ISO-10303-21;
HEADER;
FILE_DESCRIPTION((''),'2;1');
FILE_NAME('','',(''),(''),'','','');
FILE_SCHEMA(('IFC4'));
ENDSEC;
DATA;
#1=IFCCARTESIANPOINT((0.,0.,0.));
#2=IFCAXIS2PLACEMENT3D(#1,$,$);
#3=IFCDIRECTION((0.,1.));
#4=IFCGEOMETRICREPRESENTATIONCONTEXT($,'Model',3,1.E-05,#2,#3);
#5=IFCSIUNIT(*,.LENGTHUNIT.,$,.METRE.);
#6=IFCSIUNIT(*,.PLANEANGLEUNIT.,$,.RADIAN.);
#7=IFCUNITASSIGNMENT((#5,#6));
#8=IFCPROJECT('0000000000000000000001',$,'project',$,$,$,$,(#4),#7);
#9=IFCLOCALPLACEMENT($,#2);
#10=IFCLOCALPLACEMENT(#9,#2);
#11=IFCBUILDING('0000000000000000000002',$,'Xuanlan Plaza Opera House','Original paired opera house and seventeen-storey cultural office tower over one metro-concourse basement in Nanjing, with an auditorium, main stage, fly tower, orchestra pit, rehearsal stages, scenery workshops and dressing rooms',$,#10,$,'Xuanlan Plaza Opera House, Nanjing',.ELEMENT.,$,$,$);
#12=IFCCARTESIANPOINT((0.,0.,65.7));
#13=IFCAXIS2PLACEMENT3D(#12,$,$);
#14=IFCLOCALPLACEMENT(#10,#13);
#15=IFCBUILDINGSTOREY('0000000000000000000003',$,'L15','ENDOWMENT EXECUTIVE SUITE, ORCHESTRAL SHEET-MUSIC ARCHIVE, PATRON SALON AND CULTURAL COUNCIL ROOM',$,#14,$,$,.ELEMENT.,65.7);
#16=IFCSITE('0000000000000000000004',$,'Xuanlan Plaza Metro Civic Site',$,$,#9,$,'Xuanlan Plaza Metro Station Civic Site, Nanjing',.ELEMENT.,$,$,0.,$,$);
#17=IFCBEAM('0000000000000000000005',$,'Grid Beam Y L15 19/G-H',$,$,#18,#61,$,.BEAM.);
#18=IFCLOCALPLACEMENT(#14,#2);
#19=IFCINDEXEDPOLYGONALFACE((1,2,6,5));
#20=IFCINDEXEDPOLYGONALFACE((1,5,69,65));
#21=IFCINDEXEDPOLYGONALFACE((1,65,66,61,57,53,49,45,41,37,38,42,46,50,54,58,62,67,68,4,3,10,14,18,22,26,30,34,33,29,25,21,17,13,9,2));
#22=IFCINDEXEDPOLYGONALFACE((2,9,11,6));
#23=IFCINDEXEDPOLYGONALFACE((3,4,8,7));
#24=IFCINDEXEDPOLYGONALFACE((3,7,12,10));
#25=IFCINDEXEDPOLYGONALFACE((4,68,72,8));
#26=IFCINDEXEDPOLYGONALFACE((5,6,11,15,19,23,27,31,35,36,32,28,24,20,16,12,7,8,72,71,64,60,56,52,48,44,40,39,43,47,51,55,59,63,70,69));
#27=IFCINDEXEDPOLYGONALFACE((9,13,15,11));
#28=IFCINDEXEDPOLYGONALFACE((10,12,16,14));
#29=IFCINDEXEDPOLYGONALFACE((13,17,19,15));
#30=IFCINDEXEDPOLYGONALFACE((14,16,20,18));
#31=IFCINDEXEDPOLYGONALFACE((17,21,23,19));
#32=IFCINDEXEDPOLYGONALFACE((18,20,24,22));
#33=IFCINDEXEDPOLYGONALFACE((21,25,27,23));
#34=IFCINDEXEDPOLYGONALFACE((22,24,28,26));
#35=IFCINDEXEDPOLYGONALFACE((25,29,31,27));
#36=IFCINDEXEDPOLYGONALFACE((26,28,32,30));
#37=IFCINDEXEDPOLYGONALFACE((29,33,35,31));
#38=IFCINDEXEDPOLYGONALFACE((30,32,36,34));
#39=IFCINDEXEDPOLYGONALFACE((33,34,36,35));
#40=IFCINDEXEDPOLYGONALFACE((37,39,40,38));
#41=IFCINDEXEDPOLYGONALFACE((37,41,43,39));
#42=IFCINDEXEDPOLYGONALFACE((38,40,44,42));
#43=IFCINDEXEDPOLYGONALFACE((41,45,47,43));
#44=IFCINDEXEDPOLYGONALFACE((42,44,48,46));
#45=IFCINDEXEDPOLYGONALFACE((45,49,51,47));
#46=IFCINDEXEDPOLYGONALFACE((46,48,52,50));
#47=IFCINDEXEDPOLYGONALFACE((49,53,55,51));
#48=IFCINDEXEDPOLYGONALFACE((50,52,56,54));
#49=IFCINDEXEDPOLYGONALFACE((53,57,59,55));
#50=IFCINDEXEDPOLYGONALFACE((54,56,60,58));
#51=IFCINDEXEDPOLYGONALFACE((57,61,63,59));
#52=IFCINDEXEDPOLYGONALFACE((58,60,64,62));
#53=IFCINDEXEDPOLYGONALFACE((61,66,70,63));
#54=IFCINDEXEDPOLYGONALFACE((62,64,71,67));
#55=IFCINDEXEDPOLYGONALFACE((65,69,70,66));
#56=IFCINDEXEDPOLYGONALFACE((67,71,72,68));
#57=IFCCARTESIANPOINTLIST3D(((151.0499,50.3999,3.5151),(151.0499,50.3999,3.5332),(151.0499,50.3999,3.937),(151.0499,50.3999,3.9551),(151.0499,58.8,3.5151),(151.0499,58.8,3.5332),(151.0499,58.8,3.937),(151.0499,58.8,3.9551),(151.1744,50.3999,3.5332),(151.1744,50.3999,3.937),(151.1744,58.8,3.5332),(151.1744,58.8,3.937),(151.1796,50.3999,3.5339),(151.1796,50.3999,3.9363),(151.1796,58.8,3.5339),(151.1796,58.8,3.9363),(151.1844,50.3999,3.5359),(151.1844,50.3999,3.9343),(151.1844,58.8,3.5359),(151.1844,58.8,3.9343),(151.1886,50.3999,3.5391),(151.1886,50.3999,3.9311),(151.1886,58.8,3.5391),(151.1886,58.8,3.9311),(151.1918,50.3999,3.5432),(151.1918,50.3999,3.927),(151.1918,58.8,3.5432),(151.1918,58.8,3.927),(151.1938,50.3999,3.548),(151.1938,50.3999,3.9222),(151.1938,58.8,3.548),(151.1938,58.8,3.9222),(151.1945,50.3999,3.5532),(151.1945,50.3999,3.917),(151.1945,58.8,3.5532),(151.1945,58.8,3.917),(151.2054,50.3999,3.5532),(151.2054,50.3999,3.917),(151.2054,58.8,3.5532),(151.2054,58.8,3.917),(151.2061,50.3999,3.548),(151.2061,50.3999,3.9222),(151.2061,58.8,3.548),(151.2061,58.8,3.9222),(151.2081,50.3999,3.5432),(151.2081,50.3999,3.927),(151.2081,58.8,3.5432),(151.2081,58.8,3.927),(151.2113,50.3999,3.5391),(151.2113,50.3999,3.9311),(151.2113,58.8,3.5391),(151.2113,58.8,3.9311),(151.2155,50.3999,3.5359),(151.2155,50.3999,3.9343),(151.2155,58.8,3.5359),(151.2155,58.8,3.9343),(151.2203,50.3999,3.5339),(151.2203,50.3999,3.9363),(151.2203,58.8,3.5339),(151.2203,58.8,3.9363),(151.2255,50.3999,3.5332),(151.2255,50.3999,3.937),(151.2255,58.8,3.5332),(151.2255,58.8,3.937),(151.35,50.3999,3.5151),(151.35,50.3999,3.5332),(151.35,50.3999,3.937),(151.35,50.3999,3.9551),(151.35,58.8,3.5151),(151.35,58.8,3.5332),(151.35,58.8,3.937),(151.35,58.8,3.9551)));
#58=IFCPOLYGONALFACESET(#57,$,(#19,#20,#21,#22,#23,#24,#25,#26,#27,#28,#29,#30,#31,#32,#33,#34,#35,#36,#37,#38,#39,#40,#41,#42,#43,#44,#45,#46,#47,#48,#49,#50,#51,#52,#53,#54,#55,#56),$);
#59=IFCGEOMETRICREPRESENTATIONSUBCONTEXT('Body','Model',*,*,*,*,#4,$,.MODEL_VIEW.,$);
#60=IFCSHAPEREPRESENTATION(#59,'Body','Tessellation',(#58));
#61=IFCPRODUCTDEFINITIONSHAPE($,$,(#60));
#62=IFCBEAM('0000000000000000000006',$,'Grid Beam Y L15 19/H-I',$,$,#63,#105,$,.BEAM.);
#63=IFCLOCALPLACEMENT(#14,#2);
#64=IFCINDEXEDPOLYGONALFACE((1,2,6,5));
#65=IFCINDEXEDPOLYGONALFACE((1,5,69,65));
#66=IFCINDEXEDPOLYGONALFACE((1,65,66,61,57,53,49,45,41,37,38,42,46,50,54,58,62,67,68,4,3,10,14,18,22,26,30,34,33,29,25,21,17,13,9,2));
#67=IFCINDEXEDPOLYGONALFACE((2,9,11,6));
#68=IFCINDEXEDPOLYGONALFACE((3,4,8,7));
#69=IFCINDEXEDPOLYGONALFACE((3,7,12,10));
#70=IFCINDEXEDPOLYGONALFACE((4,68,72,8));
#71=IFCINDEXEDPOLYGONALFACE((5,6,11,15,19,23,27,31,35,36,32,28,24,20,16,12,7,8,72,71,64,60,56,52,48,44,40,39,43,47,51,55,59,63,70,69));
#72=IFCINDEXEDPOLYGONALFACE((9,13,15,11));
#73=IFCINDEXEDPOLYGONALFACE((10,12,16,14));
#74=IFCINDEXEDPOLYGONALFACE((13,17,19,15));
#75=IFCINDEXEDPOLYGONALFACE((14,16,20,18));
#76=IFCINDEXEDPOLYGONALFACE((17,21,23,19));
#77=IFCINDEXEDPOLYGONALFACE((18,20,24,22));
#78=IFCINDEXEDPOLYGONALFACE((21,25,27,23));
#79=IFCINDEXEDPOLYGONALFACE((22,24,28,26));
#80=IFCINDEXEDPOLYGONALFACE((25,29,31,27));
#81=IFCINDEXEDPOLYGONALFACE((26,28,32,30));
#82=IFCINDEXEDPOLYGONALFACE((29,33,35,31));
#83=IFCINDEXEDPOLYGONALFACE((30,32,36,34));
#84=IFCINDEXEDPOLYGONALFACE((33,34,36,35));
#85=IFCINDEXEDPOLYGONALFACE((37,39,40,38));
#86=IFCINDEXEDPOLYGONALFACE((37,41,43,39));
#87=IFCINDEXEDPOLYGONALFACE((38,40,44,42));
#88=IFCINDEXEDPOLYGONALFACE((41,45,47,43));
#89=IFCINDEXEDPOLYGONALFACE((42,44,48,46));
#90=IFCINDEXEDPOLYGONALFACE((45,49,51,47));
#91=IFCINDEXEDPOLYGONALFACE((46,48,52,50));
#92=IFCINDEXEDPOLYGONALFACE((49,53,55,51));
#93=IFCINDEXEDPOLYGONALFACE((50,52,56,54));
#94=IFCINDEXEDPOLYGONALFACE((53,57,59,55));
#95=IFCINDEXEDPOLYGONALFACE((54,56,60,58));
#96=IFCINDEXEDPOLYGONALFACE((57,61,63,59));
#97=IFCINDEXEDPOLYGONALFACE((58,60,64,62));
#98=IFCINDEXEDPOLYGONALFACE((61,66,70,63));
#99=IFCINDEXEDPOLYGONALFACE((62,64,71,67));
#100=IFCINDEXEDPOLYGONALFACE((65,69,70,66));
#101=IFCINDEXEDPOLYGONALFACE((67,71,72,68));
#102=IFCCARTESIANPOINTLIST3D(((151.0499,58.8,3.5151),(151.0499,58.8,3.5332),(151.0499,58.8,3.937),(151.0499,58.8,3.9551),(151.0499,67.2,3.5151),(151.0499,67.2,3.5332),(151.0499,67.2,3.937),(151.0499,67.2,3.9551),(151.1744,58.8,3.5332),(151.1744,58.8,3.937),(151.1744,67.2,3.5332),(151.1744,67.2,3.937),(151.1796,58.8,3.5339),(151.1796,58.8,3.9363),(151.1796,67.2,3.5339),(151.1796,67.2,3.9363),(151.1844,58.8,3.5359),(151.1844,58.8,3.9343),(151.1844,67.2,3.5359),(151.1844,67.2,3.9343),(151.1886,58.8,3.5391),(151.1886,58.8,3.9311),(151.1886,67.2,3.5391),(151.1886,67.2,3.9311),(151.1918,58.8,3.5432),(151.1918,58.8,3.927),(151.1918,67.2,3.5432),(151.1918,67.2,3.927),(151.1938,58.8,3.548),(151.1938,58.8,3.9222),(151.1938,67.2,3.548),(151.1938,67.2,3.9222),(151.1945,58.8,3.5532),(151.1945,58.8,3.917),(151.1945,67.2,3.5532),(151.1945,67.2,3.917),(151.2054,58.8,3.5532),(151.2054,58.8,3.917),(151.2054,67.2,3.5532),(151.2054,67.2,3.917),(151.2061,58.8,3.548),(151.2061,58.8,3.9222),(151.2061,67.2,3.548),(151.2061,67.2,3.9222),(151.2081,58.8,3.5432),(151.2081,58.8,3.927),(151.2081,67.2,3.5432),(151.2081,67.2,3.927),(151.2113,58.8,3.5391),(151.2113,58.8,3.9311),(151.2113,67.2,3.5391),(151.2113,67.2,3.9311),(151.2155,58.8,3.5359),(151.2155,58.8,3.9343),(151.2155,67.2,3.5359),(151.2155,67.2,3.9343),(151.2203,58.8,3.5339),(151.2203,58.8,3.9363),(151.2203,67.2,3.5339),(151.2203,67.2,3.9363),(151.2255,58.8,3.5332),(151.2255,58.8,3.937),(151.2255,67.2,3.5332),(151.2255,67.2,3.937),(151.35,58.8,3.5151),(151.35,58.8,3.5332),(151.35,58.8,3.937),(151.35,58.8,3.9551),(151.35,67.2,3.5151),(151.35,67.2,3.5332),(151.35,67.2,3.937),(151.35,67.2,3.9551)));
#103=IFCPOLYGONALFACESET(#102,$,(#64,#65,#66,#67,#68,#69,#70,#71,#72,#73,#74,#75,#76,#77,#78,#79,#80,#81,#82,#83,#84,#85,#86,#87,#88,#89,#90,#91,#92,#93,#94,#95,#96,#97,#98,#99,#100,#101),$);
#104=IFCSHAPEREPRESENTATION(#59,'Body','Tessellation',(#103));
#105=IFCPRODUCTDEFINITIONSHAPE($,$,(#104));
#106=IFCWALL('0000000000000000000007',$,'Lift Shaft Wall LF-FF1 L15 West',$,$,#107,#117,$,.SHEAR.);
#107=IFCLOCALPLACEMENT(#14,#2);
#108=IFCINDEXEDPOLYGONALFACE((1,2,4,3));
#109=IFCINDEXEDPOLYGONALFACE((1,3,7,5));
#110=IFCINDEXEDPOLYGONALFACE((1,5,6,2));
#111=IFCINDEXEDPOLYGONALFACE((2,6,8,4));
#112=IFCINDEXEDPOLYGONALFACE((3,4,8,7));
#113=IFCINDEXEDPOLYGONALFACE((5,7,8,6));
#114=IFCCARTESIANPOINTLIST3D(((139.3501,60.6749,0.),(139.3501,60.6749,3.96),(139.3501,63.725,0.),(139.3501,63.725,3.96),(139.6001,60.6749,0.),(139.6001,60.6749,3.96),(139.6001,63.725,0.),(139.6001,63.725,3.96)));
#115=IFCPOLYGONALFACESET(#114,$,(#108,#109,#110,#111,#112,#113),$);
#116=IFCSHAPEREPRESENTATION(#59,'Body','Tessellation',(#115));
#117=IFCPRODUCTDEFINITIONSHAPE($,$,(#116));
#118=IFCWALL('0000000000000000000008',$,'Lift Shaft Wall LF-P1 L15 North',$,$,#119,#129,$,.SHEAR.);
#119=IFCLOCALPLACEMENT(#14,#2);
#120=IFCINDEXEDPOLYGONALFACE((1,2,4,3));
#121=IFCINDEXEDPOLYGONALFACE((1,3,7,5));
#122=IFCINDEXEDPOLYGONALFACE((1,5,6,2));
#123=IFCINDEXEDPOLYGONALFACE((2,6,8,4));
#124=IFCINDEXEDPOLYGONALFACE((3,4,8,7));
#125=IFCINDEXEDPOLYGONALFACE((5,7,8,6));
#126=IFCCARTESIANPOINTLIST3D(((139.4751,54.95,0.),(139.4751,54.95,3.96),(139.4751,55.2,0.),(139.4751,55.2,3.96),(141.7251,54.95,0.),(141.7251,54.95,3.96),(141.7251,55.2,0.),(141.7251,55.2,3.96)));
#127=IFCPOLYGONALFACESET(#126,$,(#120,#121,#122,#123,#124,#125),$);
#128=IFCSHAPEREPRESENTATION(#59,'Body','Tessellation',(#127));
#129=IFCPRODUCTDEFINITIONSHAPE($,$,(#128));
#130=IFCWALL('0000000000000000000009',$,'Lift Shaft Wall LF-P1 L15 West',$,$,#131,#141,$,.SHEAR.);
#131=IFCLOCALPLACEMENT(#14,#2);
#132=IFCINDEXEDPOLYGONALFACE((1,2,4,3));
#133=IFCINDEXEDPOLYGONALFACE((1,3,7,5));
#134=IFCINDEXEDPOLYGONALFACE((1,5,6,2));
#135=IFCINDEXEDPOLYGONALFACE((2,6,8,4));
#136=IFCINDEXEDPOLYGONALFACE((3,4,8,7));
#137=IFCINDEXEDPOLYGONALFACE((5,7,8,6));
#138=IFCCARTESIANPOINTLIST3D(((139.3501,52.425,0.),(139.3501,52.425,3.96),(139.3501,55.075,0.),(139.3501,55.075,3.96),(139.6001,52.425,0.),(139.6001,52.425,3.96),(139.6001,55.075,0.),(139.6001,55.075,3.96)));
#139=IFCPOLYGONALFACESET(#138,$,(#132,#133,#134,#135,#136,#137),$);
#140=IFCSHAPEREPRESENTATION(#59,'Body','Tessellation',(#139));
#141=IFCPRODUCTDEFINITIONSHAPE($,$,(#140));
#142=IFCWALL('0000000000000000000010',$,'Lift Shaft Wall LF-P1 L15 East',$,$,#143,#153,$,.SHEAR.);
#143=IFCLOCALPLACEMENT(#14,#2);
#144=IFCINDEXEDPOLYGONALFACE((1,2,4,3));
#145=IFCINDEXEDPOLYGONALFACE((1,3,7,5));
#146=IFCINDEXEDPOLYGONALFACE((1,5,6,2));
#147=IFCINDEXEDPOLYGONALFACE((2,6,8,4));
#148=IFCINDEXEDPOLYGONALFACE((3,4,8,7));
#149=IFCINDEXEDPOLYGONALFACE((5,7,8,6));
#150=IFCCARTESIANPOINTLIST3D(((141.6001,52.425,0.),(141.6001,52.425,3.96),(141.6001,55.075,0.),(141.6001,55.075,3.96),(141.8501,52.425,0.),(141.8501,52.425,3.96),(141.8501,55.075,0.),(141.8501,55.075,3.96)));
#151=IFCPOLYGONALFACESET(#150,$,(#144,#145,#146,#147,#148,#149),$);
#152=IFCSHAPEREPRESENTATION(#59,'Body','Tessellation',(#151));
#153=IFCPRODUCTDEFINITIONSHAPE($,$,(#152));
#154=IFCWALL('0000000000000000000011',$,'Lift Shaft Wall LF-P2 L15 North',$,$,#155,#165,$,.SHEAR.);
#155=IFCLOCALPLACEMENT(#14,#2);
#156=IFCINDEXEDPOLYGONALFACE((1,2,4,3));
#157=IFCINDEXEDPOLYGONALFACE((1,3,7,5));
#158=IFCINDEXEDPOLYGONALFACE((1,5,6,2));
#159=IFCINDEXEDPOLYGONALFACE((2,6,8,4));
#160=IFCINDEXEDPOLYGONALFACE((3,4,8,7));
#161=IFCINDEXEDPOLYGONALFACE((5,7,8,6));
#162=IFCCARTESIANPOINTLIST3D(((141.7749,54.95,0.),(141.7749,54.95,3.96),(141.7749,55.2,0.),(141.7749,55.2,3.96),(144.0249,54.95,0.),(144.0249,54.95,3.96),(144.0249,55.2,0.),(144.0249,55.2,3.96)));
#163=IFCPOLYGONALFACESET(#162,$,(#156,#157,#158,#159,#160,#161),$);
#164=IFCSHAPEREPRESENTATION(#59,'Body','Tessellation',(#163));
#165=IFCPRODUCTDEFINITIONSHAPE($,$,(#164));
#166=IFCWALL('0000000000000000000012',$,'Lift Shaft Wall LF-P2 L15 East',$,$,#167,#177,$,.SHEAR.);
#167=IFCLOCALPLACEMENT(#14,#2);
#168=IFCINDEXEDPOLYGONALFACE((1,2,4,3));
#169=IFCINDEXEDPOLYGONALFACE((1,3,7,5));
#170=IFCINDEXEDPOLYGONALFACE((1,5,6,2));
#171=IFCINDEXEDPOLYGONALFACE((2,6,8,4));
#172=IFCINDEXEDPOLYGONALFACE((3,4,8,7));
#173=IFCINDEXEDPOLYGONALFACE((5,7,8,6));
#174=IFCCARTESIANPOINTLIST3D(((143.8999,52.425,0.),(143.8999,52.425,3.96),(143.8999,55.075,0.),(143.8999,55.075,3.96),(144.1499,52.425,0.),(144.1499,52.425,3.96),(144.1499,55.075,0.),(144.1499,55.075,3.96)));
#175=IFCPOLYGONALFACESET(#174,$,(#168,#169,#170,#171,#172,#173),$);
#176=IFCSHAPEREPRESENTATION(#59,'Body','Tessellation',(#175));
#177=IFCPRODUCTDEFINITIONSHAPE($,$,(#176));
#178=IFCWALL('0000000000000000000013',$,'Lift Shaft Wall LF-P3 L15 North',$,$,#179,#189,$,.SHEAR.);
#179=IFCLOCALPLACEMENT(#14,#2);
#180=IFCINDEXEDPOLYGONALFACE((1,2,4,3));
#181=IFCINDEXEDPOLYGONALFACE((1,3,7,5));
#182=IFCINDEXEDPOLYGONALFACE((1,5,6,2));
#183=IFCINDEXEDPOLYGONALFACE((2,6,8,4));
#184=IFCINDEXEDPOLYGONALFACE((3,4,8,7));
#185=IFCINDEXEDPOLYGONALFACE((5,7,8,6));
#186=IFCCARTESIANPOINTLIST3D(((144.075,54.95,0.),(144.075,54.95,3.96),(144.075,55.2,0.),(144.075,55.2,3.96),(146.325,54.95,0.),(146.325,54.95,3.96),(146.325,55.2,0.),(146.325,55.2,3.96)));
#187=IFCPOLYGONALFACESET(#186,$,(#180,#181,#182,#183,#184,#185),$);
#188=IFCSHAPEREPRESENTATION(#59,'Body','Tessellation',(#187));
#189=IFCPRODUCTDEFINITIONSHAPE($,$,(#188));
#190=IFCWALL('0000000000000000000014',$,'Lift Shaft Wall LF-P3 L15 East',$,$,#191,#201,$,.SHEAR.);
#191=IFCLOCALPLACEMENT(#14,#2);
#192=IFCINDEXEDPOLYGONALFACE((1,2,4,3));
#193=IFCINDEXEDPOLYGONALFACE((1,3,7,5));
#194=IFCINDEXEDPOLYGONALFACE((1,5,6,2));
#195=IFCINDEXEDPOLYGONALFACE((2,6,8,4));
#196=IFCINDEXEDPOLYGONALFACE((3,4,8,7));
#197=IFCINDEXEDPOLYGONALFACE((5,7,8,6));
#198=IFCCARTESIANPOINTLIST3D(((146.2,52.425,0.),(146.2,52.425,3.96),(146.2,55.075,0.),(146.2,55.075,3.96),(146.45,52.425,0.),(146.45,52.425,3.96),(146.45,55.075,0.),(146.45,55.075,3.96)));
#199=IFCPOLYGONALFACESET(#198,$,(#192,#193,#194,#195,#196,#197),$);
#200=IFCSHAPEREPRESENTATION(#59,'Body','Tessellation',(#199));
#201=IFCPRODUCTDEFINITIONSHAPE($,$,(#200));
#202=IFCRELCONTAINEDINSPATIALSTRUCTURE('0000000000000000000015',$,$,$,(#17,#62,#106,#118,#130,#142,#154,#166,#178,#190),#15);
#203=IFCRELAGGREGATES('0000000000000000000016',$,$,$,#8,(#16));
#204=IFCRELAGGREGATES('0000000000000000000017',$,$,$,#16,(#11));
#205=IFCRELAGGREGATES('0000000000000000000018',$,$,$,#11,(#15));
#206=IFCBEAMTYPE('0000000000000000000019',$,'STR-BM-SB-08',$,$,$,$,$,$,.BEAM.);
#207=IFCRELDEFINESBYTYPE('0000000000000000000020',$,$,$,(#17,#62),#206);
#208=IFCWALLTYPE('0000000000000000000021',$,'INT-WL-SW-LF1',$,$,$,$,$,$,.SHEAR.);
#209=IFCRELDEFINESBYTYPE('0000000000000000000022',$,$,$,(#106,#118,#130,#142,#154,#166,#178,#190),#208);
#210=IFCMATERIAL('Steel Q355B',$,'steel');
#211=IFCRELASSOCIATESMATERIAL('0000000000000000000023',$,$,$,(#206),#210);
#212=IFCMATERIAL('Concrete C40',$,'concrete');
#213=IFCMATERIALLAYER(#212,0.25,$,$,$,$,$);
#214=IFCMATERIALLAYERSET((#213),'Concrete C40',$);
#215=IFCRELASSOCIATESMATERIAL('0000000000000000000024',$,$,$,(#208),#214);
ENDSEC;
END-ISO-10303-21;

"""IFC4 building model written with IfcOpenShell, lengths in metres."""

from ifc_helpers import new_model, si_unit, direction, frame, frame_2d, origin, origin_2d, place, context, subcontext, project, spatial, rectangle, i_section, extrude, material, layer, layer_set, material_profile, profile_set, type_object, element, save


model = new_model("IFC4")

# Units and contexts
model_context = context("Model", 3, precision=1e-05, world=origin(), true_north=direction((0.0, 1.0)))
body_context = subcontext(model_context, "Body", "Model", "MODEL_VIEW")
ifc_project = project(units=[si_unit("LENGTHUNIT", "METRE"), si_unit("PLANEANGLEUNIT", "RADIAN")], contexts=[model_context])

# Site, building, storey
site_placement = place(None, origin())
site = spatial("IfcSite", under=ifc_project, at=site_placement, Name="Xuanlan Plaza Metro Civic Site", LongName="Xuanlan Plaza Metro Station Civic Site, Nanjing", CompositionType="ELEMENT", RefElevation=0.0)
building_placement = place(site_placement, origin())
building = spatial("IfcBuilding", under=site, at=building_placement, Name="Xuanlan Plaza Opera House", Description="Original paired opera house and seventeen-storey cultural office tower over one metro-concourse basement in Nanjing, with an auditorium, main stage, fly tower, orchestra pit, rehearsal stages, scenery workshops and dressing rooms", LongName="Xuanlan Plaza Opera House, Nanjing", CompositionType="ELEMENT")
storey_placement = place(building_placement, frame((0.0, 0.0, 65.7)))
storey = spatial("IfcBuildingStorey", under=building, at=storey_placement, Name="L15", Description="ENDOWMENT EXECUTIVE SUITE, ORCHESTRAL SHEET-MUSIC ARCHIVE, PATRON SALON AND CULTURAL COUNCIL ROOM", CompositionType="ELEMENT", Elevation=65.7)

# Beams
ifc_material_1 = material(Name="Concrete C40", Category="concrete")
ifc_material_2 = material(Name="Steel Q355B", Category="steel")
ifc_material_profile_1 = material_profile(ifc_material_2, i_section(OverallWidth=0.3, OverallDepth=0.4399, WebThickness=0.011, FlangeThickness=0.0181, FilletRadius=0.02, at=origin_2d()), Name="HM 440x300x11x18")
ifc_profile_set_1 = profile_set([ifc_material_profile_1], Name="Steel Q355B")
beam_type_1 = type_object("IfcBeamType", Name="STR-BM-SB-08", PredefinedType="BEAM", material=ifc_profile_set_1)
beam_1_placement = place(storey_placement, frame((151.2, 50.3999, 3.7351), z_axis=(0.0, 1.0, 0.0), x_axis=(-1.0, 0.0, 0.0)))
element("IfcBeam", 1, at=beam_1_placement, inside=storey, type_object=beam_type_1, Name="Grid Beam Y L15 19/G-H", PredefinedType="BEAM", context=body_context, shape_type="SweptSolid", body=[
    extrude(i_section(OverallWidth=0.3, OverallDepth=0.4399, WebThickness=0.011, FlangeThickness=0.0181, FilletRadius=0.02, at=origin_2d()), origin(), (0.0, 0.0, 1.0), 8.4001),
])
beam_2_placement = place(storey_placement, frame((151.2, 58.8, 3.7351), z_axis=(0.0, 1.0, 0.0), x_axis=(-1.0, 0.0, 0.0)))
element("IfcBeam", 2, at=beam_2_placement, inside=storey, type_object=beam_type_1, Name="Grid Beam Y L15 19/H-I", PredefinedType="BEAM", context=body_context, shape_type="SweptSolid", body=[
    extrude(i_section(OverallWidth=0.3, OverallDepth=0.4399, WebThickness=0.011, FlangeThickness=0.0181, FilletRadius=0.02, at=origin_2d()), origin(), (0.0, 0.0, 1.0), 8.3999),
])

# Wall
ifc_layer_1 = layer(ifc_material_1, 0.25)
ifc_layer_set_1 = layer_set([ifc_layer_1], Name="Concrete C40")
wall_type_1 = type_object("IfcWallType", Name="INT-WL-SW-LF1", PredefinedType="SHEAR", material=ifc_layer_set_1)
wall_1_placement = place(storey_placement, frame((139.4751, 60.675, 0.0), z_axis=(0.0, 0.0, 1.0), x_axis=(0.0, 1.0, 0.0)))
element("IfcWall", 3, at=wall_1_placement, inside=storey, type_object=wall_type_1, Name="Lift Shaft Wall LF-FF1 L15 West", PredefinedType="SHEAR", context=body_context, shape_type="SweptSolid", body=[
    extrude(rectangle(XDim=3.05, YDim=0.25, at=frame_2d((1.5249, 0.0))), origin(), (0.0, 0.0, 1.0), 3.96),
])

# Walls
wall_2_placement = place(storey_placement, frame((139.4751, 55.075, 0.0), z_axis=(0.0, 0.0, 1.0), x_axis=(1.0, 0.0, 0.0)))
element("IfcWall", 4, at=wall_2_placement, inside=storey, type_object=wall_type_1, Name="Lift Shaft Wall LF-P1 L15 North", PredefinedType="SHEAR", context=body_context, shape_type="SweptSolid", body=[
    extrude(rectangle(XDim=2.25, YDim=0.25, at=frame_2d((1.125, 0.0))), origin(), (0.0, 0.0, 1.0), 3.96),
])
for number, where, z_axis, x_axis, name in (
    (5, (139.4751, 52.425, 0.0), (0.0, 0.0, 1.0), (0.0, 1.0, 0.0), "Lift Shaft Wall LF-P1 L15 West"),
    (6, (141.7251, 52.425, 0.0), (0.0, 0.0, 1.0), (0.0, 1.0, 0.0), "Lift Shaft Wall LF-P1 L15 East"),
):
    element("IfcWall", number, at=place(storey_placement, frame(where, z_axis=z_axis, x_axis=x_axis)), inside=storey, type_object=wall_type_1, Name=name, PredefinedType="SHEAR", context=body_context, shape_type="SweptSolid", body=[
        extrude(rectangle(XDim=2.6499, YDim=0.25, at=frame_2d((1.325, 0.0))), origin(), (0.0, 0.0, 1.0), 3.96),
    ])

# Walls
wall_3_placement = place(storey_placement, frame((141.7749, 55.075, 0.0), z_axis=(0.0, 0.0, 1.0), x_axis=(1.0, 0.0, 0.0)))
element("IfcWall", 7, at=wall_3_placement, inside=storey, type_object=wall_type_1, Name="Lift Shaft Wall LF-P2 L15 North", PredefinedType="SHEAR", context=body_context, shape_type="SweptSolid", body=[
    extrude(rectangle(XDim=2.25, YDim=0.25, at=frame_2d((1.125, 0.0))), origin(), (0.0, 0.0, 1.0), 3.96),
])
wall_4_placement = place(storey_placement, frame((144.0249, 52.425, 0.0), z_axis=(0.0, 0.0, 1.0), x_axis=(0.0, 1.0, 0.0)))
element("IfcWall", 8, at=wall_4_placement, inside=storey, type_object=wall_type_1, Name="Lift Shaft Wall LF-P2 L15 East", PredefinedType="SHEAR", context=body_context, shape_type="SweptSolid", body=[
    extrude(rectangle(XDim=2.6499, YDim=0.25, at=frame_2d((1.325, 0.0))), origin(), (0.0, 0.0, 1.0), 3.96),
])

# Walls
wall_5_placement = place(storey_placement, frame((144.075, 55.075, 0.0), z_axis=(0.0, 0.0, 1.0), x_axis=(1.0, 0.0, 0.0)))
element("IfcWall", 9, at=wall_5_placement, inside=storey, type_object=wall_type_1, Name="Lift Shaft Wall LF-P3 L15 North", PredefinedType="SHEAR", context=body_context, shape_type="SweptSolid", body=[
    extrude(rectangle(XDim=2.25, YDim=0.25, at=frame_2d((1.125, 0.0))), origin(), (0.0, 0.0, 1.0), 3.96),
])
wall_6_placement = place(storey_placement, frame((146.325, 52.425, 0.0), z_axis=(0.0, 0.0, 1.0), x_axis=(0.0, 1.0, 0.0)))
element("IfcWall", 10, at=wall_6_placement, inside=storey, type_object=wall_type_1, Name="Lift Shaft Wall LF-P3 L15 East", PredefinedType="SHEAR", context=body_context, shape_type="SweptSolid", body=[
    extrude(rectangle(XDim=2.6499, YDim=0.25, at=frame_2d((1.325, 0.0))), origin(), (0.0, 0.0, 1.0), 3.96),
])

save(model, "model.ifc")
